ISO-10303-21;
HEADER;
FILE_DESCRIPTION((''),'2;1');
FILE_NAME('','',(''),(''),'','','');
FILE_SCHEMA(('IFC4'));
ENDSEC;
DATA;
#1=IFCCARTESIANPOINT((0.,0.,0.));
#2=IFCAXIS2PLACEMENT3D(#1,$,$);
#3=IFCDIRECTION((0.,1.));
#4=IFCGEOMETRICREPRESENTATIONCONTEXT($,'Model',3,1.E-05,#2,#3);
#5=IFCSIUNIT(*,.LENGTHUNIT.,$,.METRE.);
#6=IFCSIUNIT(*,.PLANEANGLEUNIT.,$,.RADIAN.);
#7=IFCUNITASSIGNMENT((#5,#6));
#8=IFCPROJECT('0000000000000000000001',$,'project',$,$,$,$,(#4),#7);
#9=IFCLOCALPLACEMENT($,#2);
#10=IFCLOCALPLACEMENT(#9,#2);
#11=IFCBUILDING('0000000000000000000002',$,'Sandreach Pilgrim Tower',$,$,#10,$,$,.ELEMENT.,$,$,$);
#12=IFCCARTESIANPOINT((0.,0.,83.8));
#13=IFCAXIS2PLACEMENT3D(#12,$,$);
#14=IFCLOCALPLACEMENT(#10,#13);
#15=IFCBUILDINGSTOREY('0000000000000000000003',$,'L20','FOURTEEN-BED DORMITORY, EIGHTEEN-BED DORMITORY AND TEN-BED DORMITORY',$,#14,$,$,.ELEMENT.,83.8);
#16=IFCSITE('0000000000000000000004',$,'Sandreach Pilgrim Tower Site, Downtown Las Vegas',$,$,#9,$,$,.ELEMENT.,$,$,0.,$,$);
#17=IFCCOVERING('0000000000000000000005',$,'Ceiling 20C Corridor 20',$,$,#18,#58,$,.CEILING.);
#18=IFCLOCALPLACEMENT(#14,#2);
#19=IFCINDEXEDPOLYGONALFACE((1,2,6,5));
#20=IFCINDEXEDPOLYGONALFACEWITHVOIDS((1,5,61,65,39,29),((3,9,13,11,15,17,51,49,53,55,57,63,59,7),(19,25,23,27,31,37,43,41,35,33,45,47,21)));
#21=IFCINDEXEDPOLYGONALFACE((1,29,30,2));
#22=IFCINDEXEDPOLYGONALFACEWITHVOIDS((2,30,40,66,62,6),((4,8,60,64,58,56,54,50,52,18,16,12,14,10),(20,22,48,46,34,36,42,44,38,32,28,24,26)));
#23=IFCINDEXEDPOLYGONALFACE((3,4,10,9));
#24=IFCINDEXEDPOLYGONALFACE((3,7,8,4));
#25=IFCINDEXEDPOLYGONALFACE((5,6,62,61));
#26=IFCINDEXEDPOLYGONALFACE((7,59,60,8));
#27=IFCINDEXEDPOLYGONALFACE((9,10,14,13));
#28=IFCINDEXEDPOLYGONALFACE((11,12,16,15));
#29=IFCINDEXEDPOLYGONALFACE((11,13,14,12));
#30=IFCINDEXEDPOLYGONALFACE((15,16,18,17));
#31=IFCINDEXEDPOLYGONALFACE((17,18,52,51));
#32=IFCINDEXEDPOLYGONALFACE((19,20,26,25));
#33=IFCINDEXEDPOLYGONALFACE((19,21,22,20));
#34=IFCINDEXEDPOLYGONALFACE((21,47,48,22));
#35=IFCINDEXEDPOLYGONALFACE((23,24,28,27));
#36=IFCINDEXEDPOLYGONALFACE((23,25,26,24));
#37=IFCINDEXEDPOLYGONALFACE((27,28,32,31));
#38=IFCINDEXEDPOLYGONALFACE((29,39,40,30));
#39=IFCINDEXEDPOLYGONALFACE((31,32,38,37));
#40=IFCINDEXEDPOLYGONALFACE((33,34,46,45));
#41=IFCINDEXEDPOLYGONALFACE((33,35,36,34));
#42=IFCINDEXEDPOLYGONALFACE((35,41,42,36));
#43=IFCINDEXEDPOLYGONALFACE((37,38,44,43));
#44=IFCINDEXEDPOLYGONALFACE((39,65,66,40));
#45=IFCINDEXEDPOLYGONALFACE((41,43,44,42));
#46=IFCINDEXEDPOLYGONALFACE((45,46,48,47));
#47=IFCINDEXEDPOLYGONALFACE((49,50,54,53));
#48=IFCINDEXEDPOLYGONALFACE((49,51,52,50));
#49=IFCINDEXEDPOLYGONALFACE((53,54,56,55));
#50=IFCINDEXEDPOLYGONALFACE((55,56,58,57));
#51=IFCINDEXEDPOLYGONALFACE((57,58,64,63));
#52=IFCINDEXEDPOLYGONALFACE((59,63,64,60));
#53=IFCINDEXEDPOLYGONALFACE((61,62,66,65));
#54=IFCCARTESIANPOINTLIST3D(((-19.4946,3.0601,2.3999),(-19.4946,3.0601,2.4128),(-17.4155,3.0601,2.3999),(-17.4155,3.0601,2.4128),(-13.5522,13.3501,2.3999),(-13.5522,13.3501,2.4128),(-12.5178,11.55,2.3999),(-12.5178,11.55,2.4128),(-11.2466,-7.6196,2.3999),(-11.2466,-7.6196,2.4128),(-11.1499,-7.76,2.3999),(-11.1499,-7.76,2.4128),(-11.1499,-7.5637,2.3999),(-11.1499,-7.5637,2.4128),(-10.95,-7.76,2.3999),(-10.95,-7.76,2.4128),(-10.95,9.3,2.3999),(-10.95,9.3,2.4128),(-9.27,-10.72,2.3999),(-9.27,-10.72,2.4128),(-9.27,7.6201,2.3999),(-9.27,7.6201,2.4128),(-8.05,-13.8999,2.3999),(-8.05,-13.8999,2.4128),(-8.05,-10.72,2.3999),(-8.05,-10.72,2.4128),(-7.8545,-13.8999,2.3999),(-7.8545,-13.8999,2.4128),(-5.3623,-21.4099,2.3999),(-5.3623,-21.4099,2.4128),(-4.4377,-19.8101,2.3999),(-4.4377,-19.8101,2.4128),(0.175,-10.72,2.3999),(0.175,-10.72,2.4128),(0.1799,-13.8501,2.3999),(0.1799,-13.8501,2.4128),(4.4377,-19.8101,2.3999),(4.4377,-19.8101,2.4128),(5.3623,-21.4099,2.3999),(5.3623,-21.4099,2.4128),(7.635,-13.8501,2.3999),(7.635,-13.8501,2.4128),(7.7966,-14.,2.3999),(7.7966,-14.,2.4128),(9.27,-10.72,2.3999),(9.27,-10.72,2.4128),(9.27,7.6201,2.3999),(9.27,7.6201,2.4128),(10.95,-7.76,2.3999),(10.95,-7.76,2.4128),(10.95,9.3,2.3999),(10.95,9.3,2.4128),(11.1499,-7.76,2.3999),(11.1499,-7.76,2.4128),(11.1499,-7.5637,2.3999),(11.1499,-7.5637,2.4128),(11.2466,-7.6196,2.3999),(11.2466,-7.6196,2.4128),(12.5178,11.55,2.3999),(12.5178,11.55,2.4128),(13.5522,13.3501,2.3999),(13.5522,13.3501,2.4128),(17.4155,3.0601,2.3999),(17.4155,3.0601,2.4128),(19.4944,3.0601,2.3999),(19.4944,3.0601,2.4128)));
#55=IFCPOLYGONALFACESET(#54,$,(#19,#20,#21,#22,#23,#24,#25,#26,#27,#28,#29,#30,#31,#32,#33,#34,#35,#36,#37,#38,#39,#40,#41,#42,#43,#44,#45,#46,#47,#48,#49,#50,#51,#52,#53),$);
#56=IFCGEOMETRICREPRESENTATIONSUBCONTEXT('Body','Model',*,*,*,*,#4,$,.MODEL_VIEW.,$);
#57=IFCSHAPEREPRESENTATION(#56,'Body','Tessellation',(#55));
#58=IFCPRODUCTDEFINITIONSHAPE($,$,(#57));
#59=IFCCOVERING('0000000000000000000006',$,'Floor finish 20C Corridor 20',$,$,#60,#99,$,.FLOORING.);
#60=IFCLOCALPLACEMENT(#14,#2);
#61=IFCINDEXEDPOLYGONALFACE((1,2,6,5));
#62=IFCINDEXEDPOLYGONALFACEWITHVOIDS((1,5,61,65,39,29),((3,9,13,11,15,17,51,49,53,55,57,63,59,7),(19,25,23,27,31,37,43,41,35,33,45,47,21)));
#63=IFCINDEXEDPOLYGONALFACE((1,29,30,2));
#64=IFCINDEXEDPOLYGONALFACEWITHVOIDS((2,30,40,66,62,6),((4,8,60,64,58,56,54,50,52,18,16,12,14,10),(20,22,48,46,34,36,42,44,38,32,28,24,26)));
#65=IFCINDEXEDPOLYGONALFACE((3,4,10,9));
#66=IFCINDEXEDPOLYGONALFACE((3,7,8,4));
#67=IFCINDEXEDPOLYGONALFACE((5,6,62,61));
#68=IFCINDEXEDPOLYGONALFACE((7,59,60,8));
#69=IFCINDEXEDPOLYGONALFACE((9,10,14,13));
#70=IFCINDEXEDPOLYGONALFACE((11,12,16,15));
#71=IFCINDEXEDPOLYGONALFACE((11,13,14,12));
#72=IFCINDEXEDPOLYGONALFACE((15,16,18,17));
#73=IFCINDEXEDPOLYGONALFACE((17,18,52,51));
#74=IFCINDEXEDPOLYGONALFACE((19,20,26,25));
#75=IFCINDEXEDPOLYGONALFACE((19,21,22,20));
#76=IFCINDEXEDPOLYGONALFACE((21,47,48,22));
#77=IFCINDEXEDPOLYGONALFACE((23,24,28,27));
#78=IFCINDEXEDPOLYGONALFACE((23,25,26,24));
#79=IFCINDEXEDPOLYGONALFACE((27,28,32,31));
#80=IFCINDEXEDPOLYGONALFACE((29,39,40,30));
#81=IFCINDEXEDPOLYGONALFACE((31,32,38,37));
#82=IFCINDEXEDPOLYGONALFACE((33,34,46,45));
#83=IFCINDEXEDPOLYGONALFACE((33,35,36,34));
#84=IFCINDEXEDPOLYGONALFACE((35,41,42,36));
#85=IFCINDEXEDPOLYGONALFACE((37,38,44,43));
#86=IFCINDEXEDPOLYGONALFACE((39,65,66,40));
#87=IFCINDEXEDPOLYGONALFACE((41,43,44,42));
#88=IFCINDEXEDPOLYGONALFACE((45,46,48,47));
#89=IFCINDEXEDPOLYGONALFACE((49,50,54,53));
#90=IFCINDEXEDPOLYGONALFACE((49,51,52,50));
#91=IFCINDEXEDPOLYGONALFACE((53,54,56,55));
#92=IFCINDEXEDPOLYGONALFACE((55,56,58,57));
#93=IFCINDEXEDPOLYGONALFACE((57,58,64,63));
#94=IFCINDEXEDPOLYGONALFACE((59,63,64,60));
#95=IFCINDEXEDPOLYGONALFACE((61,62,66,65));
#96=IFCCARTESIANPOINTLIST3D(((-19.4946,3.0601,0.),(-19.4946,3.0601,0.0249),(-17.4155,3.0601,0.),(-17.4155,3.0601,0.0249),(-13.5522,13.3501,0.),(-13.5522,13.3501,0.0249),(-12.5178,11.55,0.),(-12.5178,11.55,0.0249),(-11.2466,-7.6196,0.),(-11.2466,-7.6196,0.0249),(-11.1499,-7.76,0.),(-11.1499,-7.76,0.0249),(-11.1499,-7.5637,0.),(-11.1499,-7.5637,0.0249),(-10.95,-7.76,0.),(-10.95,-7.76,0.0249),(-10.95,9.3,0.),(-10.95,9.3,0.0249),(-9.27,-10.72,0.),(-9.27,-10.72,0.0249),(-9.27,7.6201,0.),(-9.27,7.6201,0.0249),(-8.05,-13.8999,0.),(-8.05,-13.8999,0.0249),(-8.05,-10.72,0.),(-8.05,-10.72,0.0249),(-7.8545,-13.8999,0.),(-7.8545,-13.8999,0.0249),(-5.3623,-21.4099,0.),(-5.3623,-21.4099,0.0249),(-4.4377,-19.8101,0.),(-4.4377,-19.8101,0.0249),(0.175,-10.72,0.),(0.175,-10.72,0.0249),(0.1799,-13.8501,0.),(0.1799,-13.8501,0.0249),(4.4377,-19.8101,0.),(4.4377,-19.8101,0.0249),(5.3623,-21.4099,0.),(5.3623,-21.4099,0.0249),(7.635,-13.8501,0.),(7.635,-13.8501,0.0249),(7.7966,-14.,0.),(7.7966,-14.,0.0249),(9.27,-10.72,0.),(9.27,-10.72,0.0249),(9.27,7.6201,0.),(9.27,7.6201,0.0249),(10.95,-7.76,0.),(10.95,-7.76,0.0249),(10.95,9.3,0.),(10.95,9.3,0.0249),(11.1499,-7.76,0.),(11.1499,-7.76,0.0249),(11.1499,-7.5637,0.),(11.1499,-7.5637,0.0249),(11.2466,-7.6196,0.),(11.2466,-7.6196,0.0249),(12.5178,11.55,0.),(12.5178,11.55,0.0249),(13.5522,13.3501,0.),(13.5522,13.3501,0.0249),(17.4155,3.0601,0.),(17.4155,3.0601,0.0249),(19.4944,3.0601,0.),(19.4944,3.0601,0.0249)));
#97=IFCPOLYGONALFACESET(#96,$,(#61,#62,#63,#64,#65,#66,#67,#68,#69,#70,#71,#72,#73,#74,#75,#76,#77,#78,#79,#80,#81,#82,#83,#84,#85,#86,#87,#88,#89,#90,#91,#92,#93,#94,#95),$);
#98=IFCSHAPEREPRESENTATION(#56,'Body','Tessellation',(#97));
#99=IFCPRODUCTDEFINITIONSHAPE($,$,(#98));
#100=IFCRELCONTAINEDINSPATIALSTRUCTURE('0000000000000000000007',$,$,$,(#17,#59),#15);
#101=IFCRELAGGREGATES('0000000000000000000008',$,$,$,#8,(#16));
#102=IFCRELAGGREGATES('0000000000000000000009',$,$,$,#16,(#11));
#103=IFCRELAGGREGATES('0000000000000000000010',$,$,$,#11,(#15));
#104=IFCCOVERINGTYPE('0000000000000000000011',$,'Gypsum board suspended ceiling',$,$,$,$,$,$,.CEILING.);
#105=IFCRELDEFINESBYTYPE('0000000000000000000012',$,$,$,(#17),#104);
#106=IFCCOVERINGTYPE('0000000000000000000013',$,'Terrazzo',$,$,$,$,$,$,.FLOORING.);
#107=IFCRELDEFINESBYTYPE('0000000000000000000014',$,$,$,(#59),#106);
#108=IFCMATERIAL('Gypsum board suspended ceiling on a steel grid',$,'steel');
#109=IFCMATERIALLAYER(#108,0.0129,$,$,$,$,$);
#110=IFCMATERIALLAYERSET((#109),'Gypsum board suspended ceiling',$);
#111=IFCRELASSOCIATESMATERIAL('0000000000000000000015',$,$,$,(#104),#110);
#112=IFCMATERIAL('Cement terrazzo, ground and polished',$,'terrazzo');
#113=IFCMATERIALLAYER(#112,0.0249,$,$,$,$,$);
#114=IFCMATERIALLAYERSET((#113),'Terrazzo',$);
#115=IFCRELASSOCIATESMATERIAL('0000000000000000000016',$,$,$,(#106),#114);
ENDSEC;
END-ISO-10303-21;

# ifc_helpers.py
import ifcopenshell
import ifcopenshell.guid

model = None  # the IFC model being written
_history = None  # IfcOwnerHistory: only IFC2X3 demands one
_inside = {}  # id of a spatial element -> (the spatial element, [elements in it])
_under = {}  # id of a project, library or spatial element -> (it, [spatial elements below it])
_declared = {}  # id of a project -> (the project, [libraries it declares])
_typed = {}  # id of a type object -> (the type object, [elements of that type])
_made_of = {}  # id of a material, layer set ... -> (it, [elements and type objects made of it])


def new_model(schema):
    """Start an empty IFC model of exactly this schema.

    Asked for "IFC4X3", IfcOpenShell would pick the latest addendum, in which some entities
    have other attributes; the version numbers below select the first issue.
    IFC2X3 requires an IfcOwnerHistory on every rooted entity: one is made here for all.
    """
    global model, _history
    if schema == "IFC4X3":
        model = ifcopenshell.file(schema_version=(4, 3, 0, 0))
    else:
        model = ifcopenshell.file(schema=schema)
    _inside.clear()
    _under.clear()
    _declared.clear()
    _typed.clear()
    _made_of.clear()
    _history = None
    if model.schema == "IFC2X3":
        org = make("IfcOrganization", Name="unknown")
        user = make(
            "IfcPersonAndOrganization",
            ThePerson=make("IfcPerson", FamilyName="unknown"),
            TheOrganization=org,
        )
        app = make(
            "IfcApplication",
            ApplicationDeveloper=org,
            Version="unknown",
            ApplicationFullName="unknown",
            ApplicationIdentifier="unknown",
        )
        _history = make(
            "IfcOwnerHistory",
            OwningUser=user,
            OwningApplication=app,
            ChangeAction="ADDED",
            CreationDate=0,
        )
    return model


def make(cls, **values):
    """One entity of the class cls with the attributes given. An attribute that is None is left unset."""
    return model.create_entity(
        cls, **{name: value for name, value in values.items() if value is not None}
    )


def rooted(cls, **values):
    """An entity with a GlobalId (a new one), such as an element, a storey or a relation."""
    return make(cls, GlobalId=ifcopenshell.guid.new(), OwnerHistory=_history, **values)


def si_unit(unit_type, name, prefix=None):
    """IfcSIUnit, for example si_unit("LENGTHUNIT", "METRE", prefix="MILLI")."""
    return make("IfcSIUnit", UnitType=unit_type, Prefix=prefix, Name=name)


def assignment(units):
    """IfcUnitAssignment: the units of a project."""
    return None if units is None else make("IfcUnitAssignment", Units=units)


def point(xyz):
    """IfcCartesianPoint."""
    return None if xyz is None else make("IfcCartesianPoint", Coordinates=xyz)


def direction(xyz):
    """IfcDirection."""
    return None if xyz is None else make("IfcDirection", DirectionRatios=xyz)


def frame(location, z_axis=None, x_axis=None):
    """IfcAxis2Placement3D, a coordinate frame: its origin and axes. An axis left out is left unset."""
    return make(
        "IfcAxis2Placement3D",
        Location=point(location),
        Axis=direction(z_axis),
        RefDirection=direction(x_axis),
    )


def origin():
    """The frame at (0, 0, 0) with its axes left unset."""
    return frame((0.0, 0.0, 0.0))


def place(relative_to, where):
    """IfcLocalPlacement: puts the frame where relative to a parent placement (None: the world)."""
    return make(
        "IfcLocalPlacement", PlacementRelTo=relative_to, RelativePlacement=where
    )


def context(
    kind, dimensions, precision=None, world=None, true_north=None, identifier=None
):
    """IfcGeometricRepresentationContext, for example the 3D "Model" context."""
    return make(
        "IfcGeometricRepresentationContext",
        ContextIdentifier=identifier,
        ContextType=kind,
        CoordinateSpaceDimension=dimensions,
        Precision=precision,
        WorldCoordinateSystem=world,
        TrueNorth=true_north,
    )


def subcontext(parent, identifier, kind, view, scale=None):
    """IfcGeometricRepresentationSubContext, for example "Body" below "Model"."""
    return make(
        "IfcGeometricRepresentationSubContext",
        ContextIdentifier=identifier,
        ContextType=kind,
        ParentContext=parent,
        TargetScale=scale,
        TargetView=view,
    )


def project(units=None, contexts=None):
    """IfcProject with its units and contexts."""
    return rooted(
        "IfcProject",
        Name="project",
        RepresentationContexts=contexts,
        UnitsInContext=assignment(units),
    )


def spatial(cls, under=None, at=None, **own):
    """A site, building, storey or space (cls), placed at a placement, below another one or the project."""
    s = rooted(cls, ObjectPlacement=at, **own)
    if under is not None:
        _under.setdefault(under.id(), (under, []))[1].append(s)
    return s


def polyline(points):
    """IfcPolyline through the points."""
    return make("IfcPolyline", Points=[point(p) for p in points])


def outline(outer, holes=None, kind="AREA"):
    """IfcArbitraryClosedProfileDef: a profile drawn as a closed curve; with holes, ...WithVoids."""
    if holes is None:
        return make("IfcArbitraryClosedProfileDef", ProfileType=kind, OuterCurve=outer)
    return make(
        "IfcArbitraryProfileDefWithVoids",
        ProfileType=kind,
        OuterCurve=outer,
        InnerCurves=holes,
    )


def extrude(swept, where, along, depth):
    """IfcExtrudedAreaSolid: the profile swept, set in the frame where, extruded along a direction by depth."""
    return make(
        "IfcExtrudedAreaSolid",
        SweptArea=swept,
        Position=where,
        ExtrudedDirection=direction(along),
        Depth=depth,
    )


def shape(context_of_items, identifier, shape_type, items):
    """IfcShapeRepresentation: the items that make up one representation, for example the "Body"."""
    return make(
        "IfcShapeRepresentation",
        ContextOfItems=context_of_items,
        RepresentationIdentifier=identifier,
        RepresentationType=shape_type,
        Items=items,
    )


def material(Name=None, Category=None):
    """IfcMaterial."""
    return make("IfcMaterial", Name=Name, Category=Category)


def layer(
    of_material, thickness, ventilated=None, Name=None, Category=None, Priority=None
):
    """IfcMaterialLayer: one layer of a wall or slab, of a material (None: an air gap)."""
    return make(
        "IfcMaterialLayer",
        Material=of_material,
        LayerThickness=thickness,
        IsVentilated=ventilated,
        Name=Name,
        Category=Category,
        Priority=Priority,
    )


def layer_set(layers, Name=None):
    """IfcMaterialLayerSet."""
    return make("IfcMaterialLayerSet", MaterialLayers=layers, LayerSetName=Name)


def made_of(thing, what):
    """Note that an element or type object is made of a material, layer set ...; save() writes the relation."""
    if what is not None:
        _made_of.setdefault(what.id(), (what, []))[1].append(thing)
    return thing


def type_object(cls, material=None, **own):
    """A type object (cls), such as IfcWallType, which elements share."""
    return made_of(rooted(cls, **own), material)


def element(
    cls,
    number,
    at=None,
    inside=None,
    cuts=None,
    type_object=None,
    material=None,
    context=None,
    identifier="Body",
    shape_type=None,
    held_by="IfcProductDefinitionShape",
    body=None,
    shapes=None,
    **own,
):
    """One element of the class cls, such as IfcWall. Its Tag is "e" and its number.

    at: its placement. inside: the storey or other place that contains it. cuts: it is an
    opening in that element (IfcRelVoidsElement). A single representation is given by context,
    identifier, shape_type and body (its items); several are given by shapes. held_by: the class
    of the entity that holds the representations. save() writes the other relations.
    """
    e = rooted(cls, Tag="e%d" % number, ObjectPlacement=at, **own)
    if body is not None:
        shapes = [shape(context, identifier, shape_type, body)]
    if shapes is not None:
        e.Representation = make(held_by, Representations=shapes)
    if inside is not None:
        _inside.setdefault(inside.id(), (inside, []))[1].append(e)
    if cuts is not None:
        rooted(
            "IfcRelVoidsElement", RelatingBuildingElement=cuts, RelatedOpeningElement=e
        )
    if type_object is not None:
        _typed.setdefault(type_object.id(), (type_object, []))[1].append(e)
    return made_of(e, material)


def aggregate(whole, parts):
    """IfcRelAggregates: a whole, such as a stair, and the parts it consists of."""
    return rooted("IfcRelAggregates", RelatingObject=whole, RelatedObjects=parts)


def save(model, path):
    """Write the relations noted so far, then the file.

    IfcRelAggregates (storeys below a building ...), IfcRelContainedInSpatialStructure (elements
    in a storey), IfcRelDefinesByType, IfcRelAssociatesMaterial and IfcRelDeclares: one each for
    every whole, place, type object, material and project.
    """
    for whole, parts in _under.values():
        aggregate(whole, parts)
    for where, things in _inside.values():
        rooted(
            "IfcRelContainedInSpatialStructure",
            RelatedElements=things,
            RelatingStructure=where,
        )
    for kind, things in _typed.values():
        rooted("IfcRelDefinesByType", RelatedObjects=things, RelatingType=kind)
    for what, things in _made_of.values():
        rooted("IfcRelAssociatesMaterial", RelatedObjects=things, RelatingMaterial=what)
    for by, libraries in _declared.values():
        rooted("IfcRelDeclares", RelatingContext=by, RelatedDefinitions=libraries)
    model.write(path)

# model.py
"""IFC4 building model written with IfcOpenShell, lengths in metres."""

from ifc_helpers import new_model, si_unit, direction, frame, origin, place, context, subcontext, project, spatial, polyline, outline, extrude, material, layer, layer_set, type_object, element, save


model = new_model("IFC4")

# Units and contexts
model_context = context("Model", 3, precision=1e-05, world=origin(), true_north=direction((0.0, 1.0)))
body_context = subcontext(model_context, "Body", "Model", "MODEL_VIEW")
ifc_project = project(units=[si_unit("LENGTHUNIT", "METRE"), si_unit("PLANEANGLEUNIT", "RADIAN")], contexts=[model_context])

# Site, building, storey
site_placement = place(None, origin())
site = spatial("IfcSite", under=ifc_project, at=site_placement, Name="Sandreach Pilgrim Tower Site, Downtown Las Vegas", CompositionType="ELEMENT", RefElevation=0.0)
building_placement = place(site_placement, origin())
building = spatial("IfcBuilding", under=site, at=building_placement, Name="Sandreach Pilgrim Tower", CompositionType="ELEMENT")
storey_placement = place(building_placement, frame((0.0, 0.0, 83.8)))
storey = spatial("IfcBuildingStorey", under=building, at=storey_placement, Name="L20", Description="FOURTEEN-BED DORMITORY, EIGHTEEN-BED DORMITORY AND TEN-BED DORMITORY", CompositionType="ELEMENT", Elevation=83.8)

# Coverings
ifc_material_1 = material(Name="Gypsum board suspended ceiling on a steel grid", Category="steel")
ifc_layer_1 = layer(ifc_material_1, 0.0129)
ifc_layer_set_1 = layer_set([ifc_layer_1], Name="Gypsum board suspended ceiling")
covering_type_1 = type_object("IfcCoveringType", Name="Gypsum board suspended ceiling", PredefinedType="CEILING", material=ifc_layer_set_1)
covering_1_placement = place(storey_placement, frame((0.0, 0.0, 2.3999)))
element("IfcCovering", 1, at=covering_1_placement, inside=storey, type_object=covering_type_1, Name="Ceiling 20C Corridor 20", PredefinedType="CEILING", context=body_context, shape_type="SweptSolid", body=[
    extrude(outline(polyline([(-19.4946, 3.0601), (-13.5522, 13.3501), (13.5522, 13.3501), (19.4944, 3.0601), (5.3623, -21.4099), (-5.3623, -21.4099), (-19.4946, 3.0601)]), holes=[polyline([(-17.4155, 3.0601), (-11.2466, -7.6196), (-11.1499, -7.5637), (-11.1499, -7.76), (-10.95, -7.76), (-10.95, 9.3), (10.95, 9.3), (10.95, -7.76), (11.1499, -7.76), (11.1499, -7.5637), (11.2466, -7.6196), (17.4155, 3.0601), (12.5178, 11.55), (-12.5178, 11.55), (-17.4155, 3.0601)]), polyline([(-8.05, -10.72), (-8.05, -13.8999), (-7.8545, -13.8999), (-4.4377, -19.8101), (4.4377, -19.8101), (7.7966, -14.0), (7.635, -13.8501), (0.1799, -13.8501), (0.175, -10.72), (9.27, -10.72), (9.27, 7.6201), (-9.27, 7.6201), (-9.27, -10.72), (-8.05, -10.72)])]), origin(), (0.0, 0.0, 1.0), 0.0129),
])
ifc_material_2 = material(Name="Cement terrazzo, ground and polished", Category="terrazzo")
ifc_layer_2 = layer(ifc_material_2, 0.0249)
ifc_layer_set_2 = layer_set([ifc_layer_2], Name="Terrazzo")
covering_type_2 = type_object("IfcCoveringType", Name="Terrazzo", PredefinedType="FLOORING", material=ifc_layer_set_2)
covering_2_placement = place(storey_placement, origin())
element("IfcCovering", 2, at=covering_2_placement, inside=storey, type_object=covering_type_2, Name="Floor finish 20C Corridor 20", PredefinedType="FLOORING", context=body_context, shape_type="SweptSolid", body=[
    extrude(outline(polyline([(-19.4946, 3.0601), (-13.5522, 13.3501), (13.5522, 13.3501), (19.4944, 3.0601), (5.3623, -21.4099), (-5.3623, -21.4099), (-19.4946, 3.0601)]), holes=[polyline([(-17.4155, 3.0601), (-11.2466, -7.6196), (-11.1499, -7.5637), (-11.1499, -7.76), (-10.95, -7.76), (-10.95, 9.3), (10.95, 9.3), (10.95, -7.76), (11.1499, -7.76), (11.1499, -7.5637), (11.2466, -7.6196), (17.4155, 3.0601), (12.5178, 11.55), (-12.5178, 11.55), (-17.4155, 3.0601)]), polyline([(-8.05, -10.72), (-8.05, -13.8999), (-7.8545, -13.8999), (-4.4377, -19.8101), (4.4377, -19.8101), (7.7966, -14.0), (7.635, -13.8501), (0.1799, -13.8501), (0.175, -10.72), (9.27, -10.72), (9.27, 7.6201), (-9.27, 7.6201), (-9.27, -10.72), (-8.05, -10.72)])]), origin(), (0.0, 0.0, 1.0), 0.0249),
])

save(model, "model.ifc")
